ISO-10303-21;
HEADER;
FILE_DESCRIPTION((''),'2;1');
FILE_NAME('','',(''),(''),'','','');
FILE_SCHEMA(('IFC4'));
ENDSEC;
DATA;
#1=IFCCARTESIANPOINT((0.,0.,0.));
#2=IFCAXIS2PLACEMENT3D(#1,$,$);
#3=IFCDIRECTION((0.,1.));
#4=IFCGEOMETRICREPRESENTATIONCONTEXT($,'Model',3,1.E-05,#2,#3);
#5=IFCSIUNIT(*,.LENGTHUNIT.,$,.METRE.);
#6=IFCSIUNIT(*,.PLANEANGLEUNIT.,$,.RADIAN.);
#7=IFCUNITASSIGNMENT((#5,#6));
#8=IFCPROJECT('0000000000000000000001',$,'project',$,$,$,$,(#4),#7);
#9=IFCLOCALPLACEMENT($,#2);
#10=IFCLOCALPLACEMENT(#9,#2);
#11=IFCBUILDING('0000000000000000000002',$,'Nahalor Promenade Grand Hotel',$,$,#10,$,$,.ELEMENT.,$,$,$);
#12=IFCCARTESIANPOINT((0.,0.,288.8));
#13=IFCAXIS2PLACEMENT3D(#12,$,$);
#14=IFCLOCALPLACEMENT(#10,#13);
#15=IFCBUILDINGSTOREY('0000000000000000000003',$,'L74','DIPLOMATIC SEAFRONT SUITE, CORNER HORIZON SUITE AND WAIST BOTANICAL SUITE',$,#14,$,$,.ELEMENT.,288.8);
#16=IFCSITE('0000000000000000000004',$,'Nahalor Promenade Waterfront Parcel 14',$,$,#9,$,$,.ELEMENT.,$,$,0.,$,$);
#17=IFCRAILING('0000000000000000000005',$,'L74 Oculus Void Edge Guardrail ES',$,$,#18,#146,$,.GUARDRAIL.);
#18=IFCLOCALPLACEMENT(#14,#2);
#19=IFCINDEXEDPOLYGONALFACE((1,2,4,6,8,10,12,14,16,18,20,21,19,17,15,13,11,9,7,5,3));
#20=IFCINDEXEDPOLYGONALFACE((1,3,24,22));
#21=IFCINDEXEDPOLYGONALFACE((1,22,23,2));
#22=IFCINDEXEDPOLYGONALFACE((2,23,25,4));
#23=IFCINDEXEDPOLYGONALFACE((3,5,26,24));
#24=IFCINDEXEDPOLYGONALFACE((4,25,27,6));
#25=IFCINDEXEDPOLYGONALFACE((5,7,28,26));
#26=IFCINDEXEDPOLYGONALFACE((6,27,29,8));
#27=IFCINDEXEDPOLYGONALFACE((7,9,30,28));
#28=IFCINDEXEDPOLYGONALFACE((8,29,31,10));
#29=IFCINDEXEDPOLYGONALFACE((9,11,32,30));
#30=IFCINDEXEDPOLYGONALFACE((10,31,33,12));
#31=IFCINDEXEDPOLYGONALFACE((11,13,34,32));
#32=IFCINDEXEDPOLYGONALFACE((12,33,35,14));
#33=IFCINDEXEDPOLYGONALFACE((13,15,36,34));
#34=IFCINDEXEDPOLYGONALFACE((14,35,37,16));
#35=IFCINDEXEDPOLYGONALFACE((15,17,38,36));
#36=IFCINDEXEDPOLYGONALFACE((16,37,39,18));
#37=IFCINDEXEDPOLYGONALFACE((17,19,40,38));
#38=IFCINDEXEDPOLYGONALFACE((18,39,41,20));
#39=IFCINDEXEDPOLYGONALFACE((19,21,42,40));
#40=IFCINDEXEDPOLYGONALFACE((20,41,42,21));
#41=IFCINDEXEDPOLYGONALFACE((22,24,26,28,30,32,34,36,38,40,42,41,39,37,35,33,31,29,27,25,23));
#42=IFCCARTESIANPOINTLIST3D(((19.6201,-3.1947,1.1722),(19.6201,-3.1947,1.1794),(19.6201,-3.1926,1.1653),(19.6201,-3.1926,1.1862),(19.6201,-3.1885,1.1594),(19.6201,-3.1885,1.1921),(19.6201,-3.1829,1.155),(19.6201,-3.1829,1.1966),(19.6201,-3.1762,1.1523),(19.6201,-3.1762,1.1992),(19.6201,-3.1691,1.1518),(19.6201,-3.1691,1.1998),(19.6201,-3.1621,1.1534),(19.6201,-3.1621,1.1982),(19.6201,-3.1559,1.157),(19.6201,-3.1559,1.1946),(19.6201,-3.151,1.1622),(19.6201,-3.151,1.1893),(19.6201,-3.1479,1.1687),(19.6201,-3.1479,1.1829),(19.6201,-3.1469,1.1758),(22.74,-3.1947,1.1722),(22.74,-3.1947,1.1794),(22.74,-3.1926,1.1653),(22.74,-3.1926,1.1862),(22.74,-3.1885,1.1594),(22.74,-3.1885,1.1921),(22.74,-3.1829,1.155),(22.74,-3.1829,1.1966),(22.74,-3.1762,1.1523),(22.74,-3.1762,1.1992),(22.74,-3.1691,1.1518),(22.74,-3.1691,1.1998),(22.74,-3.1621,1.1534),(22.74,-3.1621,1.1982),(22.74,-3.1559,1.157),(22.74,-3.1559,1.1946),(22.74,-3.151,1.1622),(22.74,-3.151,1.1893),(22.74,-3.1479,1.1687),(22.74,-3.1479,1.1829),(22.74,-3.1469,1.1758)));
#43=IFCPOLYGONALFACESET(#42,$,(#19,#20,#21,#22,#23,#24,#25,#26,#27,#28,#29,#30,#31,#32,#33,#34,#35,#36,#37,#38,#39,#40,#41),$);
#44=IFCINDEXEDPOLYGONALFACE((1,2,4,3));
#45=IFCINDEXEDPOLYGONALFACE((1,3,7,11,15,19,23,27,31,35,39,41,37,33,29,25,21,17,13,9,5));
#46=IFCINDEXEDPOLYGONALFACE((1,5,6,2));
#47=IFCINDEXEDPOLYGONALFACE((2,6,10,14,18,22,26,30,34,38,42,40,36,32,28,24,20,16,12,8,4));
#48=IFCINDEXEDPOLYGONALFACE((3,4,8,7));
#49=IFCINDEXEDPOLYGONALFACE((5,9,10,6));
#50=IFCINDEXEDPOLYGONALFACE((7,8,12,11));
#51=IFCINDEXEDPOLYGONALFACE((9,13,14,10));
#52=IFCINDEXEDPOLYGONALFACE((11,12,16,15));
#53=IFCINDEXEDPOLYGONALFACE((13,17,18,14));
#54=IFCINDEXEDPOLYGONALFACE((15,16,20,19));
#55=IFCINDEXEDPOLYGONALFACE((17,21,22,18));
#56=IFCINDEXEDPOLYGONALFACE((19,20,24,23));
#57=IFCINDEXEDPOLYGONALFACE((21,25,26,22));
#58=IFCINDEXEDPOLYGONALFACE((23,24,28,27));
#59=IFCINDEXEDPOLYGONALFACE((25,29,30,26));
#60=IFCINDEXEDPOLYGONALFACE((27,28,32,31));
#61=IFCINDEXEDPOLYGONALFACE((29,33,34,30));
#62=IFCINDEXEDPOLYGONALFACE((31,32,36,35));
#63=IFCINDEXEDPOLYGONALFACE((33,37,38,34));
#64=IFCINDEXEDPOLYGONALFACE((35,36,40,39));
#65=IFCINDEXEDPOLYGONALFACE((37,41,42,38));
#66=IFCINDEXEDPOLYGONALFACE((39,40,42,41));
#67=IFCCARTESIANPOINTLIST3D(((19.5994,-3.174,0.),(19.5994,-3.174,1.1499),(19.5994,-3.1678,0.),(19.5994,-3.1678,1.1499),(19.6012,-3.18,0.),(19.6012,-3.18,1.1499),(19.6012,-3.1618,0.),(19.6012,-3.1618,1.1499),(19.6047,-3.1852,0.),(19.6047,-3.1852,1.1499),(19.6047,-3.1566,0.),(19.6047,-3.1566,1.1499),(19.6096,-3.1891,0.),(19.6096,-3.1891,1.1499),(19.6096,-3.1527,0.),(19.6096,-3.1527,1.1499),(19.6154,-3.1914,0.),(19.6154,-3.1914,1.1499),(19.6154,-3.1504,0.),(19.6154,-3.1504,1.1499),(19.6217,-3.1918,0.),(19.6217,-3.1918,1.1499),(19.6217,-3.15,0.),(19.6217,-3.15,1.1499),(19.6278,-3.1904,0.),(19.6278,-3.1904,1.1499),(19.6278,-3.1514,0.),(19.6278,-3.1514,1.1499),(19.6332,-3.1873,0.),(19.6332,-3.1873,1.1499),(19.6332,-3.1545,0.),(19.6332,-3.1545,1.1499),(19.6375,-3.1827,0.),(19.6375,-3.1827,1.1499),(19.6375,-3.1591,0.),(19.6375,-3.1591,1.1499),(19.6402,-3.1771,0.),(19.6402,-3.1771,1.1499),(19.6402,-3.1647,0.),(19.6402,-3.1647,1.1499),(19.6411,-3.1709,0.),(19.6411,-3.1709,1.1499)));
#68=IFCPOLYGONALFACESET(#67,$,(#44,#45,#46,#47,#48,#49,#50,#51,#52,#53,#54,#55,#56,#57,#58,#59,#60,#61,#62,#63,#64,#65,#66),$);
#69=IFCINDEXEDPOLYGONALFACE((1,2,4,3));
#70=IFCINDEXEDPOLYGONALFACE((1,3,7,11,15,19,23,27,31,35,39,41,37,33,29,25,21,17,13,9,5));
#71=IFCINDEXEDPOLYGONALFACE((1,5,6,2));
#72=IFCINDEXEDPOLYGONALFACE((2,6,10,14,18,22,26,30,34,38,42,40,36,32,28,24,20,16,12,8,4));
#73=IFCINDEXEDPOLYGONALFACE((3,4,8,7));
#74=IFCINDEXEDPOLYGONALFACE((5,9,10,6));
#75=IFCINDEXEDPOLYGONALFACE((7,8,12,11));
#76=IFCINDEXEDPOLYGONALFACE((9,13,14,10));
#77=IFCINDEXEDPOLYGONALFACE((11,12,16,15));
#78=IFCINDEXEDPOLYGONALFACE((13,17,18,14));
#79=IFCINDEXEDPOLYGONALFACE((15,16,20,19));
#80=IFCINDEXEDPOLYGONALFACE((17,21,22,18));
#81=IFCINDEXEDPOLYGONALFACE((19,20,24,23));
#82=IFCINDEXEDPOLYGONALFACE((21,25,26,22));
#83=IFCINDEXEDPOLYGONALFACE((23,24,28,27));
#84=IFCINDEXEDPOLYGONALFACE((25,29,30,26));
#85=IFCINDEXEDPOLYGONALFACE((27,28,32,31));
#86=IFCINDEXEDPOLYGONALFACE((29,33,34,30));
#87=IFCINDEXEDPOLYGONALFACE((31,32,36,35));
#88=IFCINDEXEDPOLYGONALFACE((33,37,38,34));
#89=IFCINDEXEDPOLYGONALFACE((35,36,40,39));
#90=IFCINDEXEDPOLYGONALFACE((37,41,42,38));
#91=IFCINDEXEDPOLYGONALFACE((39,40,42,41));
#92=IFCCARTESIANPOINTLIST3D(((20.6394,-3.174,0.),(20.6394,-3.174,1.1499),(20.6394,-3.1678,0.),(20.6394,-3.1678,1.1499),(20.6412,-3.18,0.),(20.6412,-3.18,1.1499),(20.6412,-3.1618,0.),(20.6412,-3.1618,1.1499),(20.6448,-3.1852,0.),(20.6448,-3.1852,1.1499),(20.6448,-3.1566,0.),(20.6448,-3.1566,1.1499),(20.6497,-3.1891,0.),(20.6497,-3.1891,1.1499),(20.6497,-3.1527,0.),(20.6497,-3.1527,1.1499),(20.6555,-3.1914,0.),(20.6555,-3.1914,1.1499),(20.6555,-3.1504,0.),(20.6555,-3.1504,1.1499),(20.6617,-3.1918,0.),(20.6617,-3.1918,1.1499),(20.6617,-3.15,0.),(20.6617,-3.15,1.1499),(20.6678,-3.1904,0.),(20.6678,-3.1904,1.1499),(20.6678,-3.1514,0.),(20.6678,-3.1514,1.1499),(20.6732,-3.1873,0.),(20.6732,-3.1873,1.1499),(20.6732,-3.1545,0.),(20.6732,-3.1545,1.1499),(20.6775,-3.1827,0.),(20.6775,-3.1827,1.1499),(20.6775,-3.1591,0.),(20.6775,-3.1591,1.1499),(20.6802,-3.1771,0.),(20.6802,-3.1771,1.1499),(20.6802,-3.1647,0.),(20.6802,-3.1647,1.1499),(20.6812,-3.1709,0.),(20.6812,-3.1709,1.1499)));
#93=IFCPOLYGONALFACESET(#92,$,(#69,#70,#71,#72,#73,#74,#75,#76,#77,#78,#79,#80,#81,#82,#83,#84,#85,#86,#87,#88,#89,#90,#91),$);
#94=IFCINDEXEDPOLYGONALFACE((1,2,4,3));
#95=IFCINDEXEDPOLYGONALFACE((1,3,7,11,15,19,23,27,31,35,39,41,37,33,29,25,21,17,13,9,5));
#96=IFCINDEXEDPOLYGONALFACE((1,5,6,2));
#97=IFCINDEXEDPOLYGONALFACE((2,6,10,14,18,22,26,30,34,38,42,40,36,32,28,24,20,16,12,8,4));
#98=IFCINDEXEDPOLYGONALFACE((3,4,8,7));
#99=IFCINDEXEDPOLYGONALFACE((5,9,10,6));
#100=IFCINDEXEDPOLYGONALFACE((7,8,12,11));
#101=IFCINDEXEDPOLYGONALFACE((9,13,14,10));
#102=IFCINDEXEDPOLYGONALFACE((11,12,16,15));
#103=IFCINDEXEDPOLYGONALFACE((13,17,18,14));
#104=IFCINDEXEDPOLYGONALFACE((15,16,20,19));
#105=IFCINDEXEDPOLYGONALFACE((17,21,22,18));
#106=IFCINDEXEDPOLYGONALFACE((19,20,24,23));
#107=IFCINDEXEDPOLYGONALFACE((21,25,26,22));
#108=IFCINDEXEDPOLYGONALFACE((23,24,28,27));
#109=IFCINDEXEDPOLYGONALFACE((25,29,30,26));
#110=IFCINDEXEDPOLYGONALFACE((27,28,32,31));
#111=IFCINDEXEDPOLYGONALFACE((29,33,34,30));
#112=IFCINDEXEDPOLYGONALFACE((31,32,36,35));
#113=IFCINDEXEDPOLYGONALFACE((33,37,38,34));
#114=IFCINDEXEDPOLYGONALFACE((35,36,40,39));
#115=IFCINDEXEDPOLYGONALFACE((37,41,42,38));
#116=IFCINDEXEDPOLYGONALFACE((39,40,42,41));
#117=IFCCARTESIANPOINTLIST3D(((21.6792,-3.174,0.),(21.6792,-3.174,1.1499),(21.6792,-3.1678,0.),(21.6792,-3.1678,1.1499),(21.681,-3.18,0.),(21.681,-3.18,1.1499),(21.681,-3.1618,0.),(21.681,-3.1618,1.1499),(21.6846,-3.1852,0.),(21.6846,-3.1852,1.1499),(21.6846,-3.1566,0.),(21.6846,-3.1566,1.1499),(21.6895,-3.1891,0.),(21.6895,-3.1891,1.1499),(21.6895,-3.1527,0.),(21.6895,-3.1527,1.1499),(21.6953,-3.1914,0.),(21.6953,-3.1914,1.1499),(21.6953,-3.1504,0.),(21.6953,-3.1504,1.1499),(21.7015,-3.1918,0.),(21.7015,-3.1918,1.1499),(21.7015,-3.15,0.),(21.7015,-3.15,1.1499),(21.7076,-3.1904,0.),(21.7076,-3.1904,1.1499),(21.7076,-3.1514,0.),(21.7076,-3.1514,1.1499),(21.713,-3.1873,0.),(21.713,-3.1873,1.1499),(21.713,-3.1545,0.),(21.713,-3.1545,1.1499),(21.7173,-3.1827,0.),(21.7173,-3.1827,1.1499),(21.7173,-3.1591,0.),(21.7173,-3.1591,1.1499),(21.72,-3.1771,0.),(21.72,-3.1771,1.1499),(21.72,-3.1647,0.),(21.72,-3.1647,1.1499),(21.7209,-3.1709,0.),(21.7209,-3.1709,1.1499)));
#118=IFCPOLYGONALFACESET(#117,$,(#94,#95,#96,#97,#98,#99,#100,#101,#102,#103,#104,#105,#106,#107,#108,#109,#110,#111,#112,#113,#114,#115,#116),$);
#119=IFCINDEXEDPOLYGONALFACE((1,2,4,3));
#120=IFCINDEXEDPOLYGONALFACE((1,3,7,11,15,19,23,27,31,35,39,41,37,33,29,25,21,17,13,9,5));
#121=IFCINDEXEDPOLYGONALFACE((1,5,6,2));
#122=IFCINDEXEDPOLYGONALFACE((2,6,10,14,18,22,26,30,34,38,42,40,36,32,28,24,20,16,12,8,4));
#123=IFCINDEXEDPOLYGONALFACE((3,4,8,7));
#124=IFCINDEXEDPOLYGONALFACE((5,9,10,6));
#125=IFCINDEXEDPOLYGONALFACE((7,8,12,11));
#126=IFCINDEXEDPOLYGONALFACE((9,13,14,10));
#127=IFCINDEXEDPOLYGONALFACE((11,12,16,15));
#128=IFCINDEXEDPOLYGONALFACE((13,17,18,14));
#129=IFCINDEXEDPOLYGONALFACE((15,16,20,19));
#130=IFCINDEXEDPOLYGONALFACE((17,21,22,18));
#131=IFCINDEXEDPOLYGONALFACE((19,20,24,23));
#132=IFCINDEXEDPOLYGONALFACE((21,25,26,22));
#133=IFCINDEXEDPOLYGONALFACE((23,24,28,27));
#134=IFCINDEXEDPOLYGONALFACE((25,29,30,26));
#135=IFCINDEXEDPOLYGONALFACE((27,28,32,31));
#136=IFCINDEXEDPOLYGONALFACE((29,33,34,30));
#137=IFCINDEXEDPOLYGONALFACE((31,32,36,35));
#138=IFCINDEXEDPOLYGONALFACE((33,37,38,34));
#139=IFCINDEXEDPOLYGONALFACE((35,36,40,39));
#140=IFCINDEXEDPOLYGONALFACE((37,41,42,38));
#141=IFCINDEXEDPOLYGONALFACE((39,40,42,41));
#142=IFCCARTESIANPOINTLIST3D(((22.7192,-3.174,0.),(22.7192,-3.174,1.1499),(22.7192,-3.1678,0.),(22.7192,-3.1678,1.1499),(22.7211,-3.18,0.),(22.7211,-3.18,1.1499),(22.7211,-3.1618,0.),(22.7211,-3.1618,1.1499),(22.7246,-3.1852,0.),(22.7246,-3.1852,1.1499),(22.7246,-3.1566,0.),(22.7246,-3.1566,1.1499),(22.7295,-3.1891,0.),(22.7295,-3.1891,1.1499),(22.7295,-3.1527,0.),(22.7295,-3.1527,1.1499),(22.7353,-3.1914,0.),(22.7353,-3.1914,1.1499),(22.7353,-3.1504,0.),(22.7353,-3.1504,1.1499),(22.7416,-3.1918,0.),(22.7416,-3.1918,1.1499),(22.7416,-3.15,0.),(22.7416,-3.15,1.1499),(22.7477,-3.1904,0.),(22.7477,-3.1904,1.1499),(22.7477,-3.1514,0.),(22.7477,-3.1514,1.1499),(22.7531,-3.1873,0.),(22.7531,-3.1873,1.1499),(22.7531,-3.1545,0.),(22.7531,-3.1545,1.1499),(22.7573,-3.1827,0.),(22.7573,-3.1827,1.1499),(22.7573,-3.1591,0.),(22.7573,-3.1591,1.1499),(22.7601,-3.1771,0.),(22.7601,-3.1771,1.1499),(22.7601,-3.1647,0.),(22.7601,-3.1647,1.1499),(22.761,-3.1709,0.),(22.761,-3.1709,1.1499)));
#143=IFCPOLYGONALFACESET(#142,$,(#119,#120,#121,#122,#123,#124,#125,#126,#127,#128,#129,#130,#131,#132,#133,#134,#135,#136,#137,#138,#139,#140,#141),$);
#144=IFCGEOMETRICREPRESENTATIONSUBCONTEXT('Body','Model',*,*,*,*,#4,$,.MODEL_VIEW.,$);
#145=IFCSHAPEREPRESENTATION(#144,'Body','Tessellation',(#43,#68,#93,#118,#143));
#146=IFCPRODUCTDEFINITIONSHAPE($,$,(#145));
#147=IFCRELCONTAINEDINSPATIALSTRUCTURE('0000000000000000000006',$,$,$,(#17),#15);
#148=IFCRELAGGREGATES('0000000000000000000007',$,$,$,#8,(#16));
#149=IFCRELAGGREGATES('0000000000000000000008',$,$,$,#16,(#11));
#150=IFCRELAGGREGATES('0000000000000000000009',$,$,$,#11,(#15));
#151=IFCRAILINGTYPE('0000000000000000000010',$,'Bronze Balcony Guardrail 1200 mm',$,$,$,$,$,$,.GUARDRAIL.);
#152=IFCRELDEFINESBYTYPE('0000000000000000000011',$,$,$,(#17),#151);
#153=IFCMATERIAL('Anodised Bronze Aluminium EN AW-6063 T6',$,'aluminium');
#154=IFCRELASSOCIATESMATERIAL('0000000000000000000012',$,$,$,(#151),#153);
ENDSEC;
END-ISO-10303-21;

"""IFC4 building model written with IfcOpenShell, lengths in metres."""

from ifc_helpers import new_model, si_unit, direction, frame, origin, origin_2d, place, context, subcontext, project, spatial, circle, extrude, material, type_object, element, save


model = new_model("IFC4")

# Units and contexts
model_context = context("Model", 3, precision=1e-05, world=origin(), true_north=direction((0.0, 1.0)))
body_context = subcontext(model_context, "Body", "Model", "MODEL_VIEW")
ifc_project = project(units=[si_unit("LENGTHUNIT", "METRE"), si_unit("PLANEANGLEUNIT", "RADIAN")], contexts=[model_context])

# Site, building, storey
site_placement = place(None, origin())
site = spatial("IfcSite", under=ifc_project, at=site_placement, Name="Nahalor Promenade Waterfront Parcel 14", CompositionType="ELEMENT", RefElevation=0.0)
building_placement = place(site_placement, origin())
building = spatial("IfcBuilding", under=site, at=building_placement, Name="Nahalor Promenade Grand Hotel", CompositionType="ELEMENT")
storey_placement = place(building_placement, frame((0.0, 0.0, 288.8)))
storey = spatial("IfcBuildingStorey", under=building, at=storey_placement, Name="L74", Description="DIPLOMATIC SEAFRONT SUITE, CORNER HORIZON SUITE AND WAIST BOTANICAL SUITE", CompositionType="ELEMENT", Elevation=288.8)

# Shared definitions
ifc_material_1 = material(Name="Anodised Bronze Aluminium EN AW-6063 T6", Category="aluminium")

# Railing
railing_type = type_object("IfcRailingType", Name="Bronze Balcony Guardrail 1200 mm", PredefinedType="GUARDRAIL", material=ifc_material_1)
railing_placement = place(storey_placement, frame((19.6201, -3.1709, 0.0)))
element("IfcRailing", 1, at=railing_placement, inside=storey, type_object=railing_type, Name="L74 Oculus Void Edge Guardrail ES", PredefinedType="GUARDRAIL", context=body_context, shape_type="SweptSolid", body=[
    extrude(circle(Radius=0.024, at=origin_2d()), frame((0.0, 0.0, 1.1758), z_axis=(1.0, 0.0, 0.0), x_axis=(0.0, 1.0, 0.0)), (0.0, 0.0, 1.0), 3.1199),
    extrude(circle(Radius=0.021, at=origin_2d()), origin(), (0.0, 0.0, 1.0), 1.1499),
    extrude(circle(Radius=0.021, at=origin_2d()), frame((1.04, 0.0, 0.0)), (0.0, 0.0, 1.0), 1.1499),
    extrude(circle(Radius=0.021, at=origin_2d()), frame((2.0798, 0.0, 0.0)), (0.0, 0.0, 1.0), 1.1499),
    extrude(circle(Radius=0.021, at=origin_2d()), frame((3.1199, 0.0, 0.0)), (0.0, 0.0, 1.0), 1.1499),
])

save(model, "model.ifc")
